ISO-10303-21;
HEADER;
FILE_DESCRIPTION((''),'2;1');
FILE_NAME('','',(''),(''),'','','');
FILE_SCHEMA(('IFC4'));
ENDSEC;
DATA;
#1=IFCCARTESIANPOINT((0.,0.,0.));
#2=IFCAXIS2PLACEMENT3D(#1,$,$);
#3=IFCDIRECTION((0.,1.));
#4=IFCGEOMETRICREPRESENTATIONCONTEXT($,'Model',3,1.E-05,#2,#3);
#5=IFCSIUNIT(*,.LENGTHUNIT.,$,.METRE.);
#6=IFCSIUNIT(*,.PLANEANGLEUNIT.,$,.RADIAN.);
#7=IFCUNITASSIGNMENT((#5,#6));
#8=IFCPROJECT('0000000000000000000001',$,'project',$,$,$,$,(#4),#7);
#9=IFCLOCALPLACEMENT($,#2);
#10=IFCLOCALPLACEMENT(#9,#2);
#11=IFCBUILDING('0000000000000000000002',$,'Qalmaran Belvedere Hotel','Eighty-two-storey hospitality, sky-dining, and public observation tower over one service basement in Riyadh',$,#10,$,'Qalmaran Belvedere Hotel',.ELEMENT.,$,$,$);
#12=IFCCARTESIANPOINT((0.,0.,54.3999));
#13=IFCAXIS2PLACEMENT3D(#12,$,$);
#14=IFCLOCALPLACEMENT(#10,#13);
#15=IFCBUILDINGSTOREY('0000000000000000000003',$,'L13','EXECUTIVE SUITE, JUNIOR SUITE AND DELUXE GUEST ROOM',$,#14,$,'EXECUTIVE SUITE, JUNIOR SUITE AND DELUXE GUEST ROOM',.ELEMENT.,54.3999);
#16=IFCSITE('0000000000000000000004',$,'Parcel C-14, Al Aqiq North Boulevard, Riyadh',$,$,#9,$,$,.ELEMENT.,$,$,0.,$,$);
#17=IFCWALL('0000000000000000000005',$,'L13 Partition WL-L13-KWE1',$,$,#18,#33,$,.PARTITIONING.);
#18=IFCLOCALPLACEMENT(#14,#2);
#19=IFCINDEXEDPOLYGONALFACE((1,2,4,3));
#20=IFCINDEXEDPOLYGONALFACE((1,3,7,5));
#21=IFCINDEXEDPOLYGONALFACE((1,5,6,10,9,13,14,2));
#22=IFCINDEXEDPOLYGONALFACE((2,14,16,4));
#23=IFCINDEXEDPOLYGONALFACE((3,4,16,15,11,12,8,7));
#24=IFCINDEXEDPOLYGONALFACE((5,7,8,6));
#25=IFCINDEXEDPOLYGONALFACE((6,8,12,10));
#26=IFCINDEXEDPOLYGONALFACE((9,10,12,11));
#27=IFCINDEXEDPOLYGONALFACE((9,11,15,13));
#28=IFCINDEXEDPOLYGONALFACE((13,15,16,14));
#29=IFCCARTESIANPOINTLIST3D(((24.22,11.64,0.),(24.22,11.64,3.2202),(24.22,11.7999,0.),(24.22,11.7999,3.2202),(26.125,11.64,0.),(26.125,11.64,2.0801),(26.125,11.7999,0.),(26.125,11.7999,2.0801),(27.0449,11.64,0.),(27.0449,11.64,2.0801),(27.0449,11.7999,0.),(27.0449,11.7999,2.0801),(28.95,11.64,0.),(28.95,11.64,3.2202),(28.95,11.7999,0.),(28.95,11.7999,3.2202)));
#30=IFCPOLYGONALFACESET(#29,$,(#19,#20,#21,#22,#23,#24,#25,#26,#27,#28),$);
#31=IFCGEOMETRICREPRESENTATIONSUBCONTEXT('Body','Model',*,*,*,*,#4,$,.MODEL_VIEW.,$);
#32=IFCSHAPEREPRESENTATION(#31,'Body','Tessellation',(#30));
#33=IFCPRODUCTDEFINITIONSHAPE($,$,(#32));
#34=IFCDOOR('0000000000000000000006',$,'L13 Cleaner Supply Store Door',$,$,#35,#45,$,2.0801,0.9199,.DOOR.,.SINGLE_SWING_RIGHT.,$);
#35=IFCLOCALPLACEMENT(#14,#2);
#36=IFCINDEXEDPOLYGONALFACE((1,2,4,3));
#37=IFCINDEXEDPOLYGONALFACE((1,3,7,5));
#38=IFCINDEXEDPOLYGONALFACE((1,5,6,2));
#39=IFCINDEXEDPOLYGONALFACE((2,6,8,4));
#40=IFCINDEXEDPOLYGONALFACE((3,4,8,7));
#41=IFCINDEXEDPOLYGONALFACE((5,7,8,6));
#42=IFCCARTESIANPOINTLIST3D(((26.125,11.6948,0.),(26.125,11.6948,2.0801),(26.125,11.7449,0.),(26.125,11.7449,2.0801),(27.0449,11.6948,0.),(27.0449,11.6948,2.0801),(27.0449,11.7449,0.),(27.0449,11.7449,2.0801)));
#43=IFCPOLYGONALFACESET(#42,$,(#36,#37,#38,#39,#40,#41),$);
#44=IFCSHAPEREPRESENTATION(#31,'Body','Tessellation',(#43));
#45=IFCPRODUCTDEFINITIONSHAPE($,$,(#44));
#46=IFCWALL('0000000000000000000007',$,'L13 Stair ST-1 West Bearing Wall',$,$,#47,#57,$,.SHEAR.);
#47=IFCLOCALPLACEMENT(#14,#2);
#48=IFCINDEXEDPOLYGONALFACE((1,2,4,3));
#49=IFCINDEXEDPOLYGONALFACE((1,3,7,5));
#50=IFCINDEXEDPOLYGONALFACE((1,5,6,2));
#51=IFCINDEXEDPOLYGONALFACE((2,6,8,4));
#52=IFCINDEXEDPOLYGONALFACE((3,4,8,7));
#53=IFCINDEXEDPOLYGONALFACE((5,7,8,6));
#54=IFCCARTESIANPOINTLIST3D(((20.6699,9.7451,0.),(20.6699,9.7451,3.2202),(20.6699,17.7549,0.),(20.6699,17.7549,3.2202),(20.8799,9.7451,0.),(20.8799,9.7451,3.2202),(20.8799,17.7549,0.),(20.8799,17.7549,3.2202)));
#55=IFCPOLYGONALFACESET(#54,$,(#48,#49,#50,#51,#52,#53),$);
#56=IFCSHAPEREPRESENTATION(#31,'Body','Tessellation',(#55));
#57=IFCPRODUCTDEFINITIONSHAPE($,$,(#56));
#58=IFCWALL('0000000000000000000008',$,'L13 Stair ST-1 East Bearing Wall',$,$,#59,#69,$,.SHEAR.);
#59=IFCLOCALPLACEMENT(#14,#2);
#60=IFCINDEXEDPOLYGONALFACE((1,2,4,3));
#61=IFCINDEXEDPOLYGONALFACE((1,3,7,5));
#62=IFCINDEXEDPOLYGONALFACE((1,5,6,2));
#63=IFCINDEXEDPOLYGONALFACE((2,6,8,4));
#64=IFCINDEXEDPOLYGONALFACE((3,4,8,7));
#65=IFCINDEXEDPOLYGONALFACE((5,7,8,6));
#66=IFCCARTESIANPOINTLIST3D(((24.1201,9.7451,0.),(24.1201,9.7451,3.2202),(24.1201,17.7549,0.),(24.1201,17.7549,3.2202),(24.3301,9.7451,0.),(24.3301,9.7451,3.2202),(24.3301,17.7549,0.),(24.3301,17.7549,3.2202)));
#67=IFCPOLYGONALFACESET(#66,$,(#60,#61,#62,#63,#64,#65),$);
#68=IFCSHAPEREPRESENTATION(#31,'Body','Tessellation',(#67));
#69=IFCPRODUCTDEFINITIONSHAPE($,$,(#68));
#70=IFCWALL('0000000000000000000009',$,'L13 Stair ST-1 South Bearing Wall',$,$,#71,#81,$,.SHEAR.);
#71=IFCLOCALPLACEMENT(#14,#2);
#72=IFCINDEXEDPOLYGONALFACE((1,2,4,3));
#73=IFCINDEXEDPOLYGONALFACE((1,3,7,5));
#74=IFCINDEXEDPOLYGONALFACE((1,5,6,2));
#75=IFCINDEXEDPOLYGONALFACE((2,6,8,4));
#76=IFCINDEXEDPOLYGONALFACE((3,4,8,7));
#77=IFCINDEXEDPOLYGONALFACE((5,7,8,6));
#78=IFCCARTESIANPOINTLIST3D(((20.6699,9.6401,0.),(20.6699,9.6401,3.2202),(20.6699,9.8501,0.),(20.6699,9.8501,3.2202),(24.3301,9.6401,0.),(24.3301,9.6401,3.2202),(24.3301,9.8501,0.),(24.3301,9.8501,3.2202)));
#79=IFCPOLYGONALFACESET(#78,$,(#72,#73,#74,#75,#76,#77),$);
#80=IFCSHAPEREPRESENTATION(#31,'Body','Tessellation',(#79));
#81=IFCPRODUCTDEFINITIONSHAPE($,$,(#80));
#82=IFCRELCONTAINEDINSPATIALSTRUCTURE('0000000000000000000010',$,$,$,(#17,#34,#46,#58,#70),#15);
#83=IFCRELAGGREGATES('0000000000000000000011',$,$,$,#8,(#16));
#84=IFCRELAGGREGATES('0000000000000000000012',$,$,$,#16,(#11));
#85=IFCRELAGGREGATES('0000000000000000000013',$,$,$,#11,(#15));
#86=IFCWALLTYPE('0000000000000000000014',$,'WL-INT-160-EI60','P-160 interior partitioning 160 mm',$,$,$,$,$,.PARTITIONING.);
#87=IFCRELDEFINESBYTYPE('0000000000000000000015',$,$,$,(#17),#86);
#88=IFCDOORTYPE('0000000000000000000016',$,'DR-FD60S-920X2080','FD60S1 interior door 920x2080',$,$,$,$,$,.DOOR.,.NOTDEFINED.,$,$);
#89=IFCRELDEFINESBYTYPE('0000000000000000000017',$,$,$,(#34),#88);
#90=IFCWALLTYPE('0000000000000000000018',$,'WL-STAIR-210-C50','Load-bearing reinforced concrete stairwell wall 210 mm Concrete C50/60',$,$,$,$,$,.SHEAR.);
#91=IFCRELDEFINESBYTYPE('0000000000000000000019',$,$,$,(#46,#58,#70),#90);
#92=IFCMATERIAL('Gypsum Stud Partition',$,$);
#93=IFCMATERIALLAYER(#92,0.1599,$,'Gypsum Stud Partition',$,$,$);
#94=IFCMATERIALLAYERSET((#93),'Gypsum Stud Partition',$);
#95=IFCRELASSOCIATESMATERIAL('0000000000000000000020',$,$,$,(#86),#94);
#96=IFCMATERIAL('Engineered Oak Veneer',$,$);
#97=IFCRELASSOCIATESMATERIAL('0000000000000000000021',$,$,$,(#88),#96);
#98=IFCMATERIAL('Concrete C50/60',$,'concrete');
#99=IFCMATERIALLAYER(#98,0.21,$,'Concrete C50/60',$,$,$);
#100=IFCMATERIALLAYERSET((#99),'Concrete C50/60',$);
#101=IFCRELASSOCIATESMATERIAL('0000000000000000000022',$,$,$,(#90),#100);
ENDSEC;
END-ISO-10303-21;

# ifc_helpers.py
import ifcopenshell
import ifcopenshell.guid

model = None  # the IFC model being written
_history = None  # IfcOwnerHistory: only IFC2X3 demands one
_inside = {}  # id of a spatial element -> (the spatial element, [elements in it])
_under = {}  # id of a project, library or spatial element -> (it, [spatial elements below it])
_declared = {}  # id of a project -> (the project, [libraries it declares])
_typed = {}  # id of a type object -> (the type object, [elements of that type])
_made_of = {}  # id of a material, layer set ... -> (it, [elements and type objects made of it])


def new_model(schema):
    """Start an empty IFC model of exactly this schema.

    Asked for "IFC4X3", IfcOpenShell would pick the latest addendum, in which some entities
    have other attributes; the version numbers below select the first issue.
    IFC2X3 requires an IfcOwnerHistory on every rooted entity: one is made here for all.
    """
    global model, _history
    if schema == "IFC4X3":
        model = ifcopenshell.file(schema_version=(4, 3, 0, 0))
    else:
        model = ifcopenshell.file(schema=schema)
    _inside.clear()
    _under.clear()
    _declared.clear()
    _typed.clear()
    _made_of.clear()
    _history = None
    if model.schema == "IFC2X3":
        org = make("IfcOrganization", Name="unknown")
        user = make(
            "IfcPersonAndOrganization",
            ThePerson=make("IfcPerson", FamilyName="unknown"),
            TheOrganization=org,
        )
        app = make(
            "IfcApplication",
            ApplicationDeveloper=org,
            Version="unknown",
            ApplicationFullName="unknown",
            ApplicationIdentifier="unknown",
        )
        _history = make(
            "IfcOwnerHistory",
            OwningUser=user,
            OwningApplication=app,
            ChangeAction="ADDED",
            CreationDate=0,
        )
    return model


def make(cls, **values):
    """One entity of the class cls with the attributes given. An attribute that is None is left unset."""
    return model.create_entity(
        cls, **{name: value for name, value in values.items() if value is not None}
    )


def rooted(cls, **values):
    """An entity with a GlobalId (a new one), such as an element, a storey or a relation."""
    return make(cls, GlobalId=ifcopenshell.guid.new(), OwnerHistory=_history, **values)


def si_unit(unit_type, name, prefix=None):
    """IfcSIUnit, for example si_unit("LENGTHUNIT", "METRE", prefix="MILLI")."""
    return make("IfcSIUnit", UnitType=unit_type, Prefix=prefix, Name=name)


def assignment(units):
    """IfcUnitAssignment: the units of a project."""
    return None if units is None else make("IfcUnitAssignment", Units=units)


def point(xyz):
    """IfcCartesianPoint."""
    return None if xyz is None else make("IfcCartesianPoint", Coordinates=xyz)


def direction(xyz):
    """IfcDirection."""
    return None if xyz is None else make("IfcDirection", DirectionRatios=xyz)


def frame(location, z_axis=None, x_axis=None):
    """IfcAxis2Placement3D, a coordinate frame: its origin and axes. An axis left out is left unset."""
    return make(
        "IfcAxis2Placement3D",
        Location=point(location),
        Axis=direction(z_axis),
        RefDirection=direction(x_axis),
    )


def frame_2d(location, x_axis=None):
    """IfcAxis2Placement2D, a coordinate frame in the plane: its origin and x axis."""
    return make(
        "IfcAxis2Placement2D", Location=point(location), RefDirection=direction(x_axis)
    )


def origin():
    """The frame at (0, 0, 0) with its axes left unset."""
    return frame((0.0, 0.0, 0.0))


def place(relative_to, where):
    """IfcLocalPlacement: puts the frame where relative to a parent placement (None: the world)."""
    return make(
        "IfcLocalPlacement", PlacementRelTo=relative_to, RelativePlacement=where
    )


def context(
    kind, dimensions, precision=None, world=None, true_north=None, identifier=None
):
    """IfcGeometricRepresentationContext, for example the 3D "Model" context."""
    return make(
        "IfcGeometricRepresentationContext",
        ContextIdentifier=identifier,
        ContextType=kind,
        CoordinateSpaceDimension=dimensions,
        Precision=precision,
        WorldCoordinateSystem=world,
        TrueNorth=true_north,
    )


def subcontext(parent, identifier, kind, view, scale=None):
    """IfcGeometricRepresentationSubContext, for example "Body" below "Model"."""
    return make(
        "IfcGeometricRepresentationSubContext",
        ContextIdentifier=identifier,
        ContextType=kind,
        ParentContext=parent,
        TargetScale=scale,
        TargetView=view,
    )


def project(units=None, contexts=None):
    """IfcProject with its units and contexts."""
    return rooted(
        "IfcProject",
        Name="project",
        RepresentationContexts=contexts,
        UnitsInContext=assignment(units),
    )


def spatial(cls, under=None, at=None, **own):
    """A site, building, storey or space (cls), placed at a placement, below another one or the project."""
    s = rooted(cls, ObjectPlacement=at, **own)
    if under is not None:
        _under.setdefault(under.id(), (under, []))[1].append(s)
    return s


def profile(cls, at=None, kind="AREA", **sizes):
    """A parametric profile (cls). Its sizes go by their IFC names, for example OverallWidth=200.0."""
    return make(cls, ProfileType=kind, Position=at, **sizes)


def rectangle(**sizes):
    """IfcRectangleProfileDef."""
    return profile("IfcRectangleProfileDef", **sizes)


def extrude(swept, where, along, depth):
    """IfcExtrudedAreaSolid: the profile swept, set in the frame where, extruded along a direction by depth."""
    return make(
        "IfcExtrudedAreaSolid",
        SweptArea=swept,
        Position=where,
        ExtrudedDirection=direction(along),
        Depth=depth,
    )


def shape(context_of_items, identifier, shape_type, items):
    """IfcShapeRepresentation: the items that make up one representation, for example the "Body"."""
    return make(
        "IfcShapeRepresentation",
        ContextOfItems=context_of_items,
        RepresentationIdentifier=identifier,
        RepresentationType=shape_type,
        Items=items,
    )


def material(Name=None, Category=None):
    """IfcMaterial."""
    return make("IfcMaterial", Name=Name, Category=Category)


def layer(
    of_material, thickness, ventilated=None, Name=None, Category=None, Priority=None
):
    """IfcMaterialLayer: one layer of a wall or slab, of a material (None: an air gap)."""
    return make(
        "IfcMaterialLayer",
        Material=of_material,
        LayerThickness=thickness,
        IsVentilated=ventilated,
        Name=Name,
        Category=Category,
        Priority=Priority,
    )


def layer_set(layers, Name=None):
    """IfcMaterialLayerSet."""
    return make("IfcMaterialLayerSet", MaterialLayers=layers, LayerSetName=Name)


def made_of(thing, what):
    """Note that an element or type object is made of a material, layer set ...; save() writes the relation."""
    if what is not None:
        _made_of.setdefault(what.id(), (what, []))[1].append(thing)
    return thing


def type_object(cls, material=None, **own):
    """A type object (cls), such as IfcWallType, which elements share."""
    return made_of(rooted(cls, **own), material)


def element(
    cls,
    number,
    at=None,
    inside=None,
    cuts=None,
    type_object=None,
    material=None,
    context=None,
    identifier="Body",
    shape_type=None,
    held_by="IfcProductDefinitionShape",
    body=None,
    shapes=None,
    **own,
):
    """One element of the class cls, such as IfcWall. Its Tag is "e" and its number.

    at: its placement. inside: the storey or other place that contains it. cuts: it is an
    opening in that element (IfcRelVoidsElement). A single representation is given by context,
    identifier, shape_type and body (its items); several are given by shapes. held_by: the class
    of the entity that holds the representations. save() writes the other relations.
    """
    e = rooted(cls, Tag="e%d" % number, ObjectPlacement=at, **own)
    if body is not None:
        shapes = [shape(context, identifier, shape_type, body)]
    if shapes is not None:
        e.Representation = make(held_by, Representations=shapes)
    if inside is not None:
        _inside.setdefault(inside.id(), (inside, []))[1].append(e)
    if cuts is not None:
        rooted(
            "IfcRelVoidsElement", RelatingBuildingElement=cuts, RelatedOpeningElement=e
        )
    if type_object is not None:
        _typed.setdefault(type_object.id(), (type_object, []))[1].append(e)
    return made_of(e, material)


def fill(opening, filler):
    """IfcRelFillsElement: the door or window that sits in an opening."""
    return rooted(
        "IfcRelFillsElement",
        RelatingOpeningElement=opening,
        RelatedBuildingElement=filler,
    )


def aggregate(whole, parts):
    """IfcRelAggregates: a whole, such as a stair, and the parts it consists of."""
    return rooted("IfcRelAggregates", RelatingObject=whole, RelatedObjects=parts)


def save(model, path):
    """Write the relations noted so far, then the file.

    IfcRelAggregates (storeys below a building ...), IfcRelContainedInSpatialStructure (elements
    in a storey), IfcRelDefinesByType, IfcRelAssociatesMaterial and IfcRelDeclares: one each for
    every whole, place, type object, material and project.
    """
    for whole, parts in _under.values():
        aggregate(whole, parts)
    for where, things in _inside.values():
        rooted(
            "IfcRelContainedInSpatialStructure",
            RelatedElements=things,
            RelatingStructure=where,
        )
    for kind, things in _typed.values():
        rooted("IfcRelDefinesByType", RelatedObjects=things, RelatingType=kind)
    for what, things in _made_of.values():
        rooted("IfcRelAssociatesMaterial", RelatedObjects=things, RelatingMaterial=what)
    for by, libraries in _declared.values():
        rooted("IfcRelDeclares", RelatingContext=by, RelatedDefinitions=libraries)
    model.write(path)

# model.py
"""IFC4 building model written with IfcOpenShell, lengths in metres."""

from ifc_helpers import new_model, si_unit, direction, frame, frame_2d, origin, place, context, subcontext, project, spatial, rectangle, extrude, material, layer, layer_set, type_object, element, fill, save


model = new_model("IFC4")

# Units and contexts
model_context = context("Model", 3, precision=1e-05, world=origin(), true_north=direction((0.0, 1.0)))
body_context = subcontext(model_context, "Body", "Model", "MODEL_VIEW")
ifc_project = project(units=[si_unit("LENGTHUNIT", "METRE"), si_unit("PLANEANGLEUNIT", "RADIAN")], contexts=[model_context])

# Site, building, storey
site_placement = place(None, origin())
site = spatial("IfcSite", under=ifc_project, at=site_placement, Name="Parcel C-14, Al Aqiq North Boulevard, Riyadh", CompositionType="ELEMENT", RefElevation=0.0)
building_placement = place(site_placement, origin())
building = spatial("IfcBuilding", under=site, at=building_placement, Name="Qalmaran Belvedere Hotel", Description="Eighty-two-storey hospitality, sky-dining, and public observation tower over one service basement in Riyadh", LongName="Qalmaran Belvedere Hotel", CompositionType="ELEMENT")
storey_placement = place(building_placement, frame((0.0, 0.0, 54.3999)))
storey = spatial("IfcBuildingStorey", under=building, at=storey_placement, Name="L13", Description="EXECUTIVE SUITE, JUNIOR SUITE AND DELUXE GUEST ROOM", LongName="EXECUTIVE SUITE, JUNIOR SUITE AND DELUXE GUEST ROOM", CompositionType="ELEMENT", Elevation=54.3999)

# Shared definitions
ifc_material_1 = material(Name="Gypsum Stud Partition")

# Wall, opening, door
ifc_layer_1 = layer(ifc_material_1, 0.1599, Name="Gypsum Stud Partition")
ifc_layer_set_1 = layer_set([ifc_layer_1], Name="Gypsum Stud Partition")
wall_type_1 = type_object("IfcWallType", Name="WL-INT-160-EI60", Description="P-160 interior partitioning 160 mm", PredefinedType="PARTITIONING", material=ifc_layer_set_1)
wall_1_placement = place(storey_placement, frame((24.22, 11.72, 0.0), z_axis=(0.0, 0.0, 1.0), x_axis=(1.0, 0.0, 0.0)))
wall_1 = element("IfcWall", 1, at=wall_1_placement, inside=storey, type_object=wall_type_1, Name="L13 Partition WL-L13-KWE1", PredefinedType="PARTITIONING", context=body_context, shape_type="SweptSolid", body=[
    extrude(rectangle(XDim=4.73, YDim=0.1599, at=frame_2d((2.365, 0.0))), origin(), (0.0, 0.0, 1.0), 3.2202),
])
opening_1_placement = place(wall_1_placement, frame((1.905, 0.0, 0.0)))
opening_1 = element("IfcOpeningElement", 2, at=opening_1_placement, cuts=wall_1, PredefinedType="OPENING", context=body_context, shape_type="SweptSolid", body=[
    extrude(rectangle(XDim=0.9199, YDim=2.0801, at=frame_2d((0.46, 1.04))), frame((0.0, 0.0898, 0.0), z_axis=(0.0, -1.0, 0.0), x_axis=(1.0, 0.0, 0.0)), (0.0, 0.0, 1.0), 0.1799),
])
ifc_material_2 = material(Name="Engineered Oak Veneer")
door_type_1 = type_object("IfcDoorType", Name="DR-FD60S-920X2080", Description="FD60S1 interior door 920x2080", OperationType="NOTDEFINED", PredefinedType="DOOR", material=ifc_material_2)
door_1_placement = place(opening_1_placement, origin())
door_1 = element("IfcDoor", 3, at=door_1_placement, inside=storey, type_object=door_type_1, Name="L13 Cleaner Supply Store Door", OperationType="SINGLE_SWING_RIGHT", OverallHeight=2.0801, OverallWidth=0.9199, PredefinedType="DOOR", context=body_context, shape_type="SweptSolid", body=[
    extrude(rectangle(XDim=0.9199, YDim=2.0801, at=frame_2d((0.46, 1.04))), frame((0.0, 0.0249, 0.0), z_axis=(0.0, -1.0, 0.0), x_axis=(1.0, 0.0, 0.0)), (0.0, 0.0, 1.0), 0.05),
])
fill(opening_1, door_1)

# Walls
ifc_material_3 = material(Name="Concrete C50/60", Category="concrete")
ifc_layer_2 = layer(ifc_material_3, 0.21, Name="Concrete C50/60")
ifc_layer_set_2 = layer_set([ifc_layer_2], Name="Concrete C50/60")
wall_type_2 = type_object("IfcWallType", Name="WL-STAIR-210-C50", Description="Load-bearing reinforced concrete stairwell wall 210 mm Concrete C50/60", PredefinedType="SHEAR", material=ifc_layer_set_2)
for number, where, z_axis, x_axis, name in (
    (4, (20.7749, 9.7451, 0.0), (0.0, 0.0, 1.0), (0.0, 1.0, 0.0), "L13 Stair ST-1 West Bearing Wall"),
    (5, (24.2251, 9.7451, 0.0), (0.0, 0.0, 1.0), (0.0, 1.0, 0.0), "L13 Stair ST-1 East Bearing Wall"),
):
    element("IfcWall", number, at=place(storey_placement, frame(where, z_axis=z_axis, x_axis=x_axis)), inside=storey, type_object=wall_type_2, Name=name, PredefinedType="SHEAR", context=body_context, shape_type="SweptSolid", body=[
        extrude(rectangle(XDim=8.0098, YDim=0.21, at=frame_2d((4.0049, 0.0))), origin(), (0.0, 0.0, 1.0), 3.2202),
    ])
wall_2_placement = place(storey_placement, frame((20.6699, 9.7451, 0.0), z_axis=(0.0, 0.0, 1.0), x_axis=(1.0, 0.0, 0.0)))
element("IfcWall", 6, at=wall_2_placement, inside=storey, type_object=wall_type_2, Name="L13 Stair ST-1 South Bearing Wall", PredefinedType="SHEAR", context=body_context, shape_type="SweptSolid", body=[
    extrude(rectangle(XDim=3.6602, YDim=0.21, at=frame_2d((1.8301, 0.0))), origin(), (0.0, 0.0, 1.0), 3.2202),
])

save(model, "model.ifc")
